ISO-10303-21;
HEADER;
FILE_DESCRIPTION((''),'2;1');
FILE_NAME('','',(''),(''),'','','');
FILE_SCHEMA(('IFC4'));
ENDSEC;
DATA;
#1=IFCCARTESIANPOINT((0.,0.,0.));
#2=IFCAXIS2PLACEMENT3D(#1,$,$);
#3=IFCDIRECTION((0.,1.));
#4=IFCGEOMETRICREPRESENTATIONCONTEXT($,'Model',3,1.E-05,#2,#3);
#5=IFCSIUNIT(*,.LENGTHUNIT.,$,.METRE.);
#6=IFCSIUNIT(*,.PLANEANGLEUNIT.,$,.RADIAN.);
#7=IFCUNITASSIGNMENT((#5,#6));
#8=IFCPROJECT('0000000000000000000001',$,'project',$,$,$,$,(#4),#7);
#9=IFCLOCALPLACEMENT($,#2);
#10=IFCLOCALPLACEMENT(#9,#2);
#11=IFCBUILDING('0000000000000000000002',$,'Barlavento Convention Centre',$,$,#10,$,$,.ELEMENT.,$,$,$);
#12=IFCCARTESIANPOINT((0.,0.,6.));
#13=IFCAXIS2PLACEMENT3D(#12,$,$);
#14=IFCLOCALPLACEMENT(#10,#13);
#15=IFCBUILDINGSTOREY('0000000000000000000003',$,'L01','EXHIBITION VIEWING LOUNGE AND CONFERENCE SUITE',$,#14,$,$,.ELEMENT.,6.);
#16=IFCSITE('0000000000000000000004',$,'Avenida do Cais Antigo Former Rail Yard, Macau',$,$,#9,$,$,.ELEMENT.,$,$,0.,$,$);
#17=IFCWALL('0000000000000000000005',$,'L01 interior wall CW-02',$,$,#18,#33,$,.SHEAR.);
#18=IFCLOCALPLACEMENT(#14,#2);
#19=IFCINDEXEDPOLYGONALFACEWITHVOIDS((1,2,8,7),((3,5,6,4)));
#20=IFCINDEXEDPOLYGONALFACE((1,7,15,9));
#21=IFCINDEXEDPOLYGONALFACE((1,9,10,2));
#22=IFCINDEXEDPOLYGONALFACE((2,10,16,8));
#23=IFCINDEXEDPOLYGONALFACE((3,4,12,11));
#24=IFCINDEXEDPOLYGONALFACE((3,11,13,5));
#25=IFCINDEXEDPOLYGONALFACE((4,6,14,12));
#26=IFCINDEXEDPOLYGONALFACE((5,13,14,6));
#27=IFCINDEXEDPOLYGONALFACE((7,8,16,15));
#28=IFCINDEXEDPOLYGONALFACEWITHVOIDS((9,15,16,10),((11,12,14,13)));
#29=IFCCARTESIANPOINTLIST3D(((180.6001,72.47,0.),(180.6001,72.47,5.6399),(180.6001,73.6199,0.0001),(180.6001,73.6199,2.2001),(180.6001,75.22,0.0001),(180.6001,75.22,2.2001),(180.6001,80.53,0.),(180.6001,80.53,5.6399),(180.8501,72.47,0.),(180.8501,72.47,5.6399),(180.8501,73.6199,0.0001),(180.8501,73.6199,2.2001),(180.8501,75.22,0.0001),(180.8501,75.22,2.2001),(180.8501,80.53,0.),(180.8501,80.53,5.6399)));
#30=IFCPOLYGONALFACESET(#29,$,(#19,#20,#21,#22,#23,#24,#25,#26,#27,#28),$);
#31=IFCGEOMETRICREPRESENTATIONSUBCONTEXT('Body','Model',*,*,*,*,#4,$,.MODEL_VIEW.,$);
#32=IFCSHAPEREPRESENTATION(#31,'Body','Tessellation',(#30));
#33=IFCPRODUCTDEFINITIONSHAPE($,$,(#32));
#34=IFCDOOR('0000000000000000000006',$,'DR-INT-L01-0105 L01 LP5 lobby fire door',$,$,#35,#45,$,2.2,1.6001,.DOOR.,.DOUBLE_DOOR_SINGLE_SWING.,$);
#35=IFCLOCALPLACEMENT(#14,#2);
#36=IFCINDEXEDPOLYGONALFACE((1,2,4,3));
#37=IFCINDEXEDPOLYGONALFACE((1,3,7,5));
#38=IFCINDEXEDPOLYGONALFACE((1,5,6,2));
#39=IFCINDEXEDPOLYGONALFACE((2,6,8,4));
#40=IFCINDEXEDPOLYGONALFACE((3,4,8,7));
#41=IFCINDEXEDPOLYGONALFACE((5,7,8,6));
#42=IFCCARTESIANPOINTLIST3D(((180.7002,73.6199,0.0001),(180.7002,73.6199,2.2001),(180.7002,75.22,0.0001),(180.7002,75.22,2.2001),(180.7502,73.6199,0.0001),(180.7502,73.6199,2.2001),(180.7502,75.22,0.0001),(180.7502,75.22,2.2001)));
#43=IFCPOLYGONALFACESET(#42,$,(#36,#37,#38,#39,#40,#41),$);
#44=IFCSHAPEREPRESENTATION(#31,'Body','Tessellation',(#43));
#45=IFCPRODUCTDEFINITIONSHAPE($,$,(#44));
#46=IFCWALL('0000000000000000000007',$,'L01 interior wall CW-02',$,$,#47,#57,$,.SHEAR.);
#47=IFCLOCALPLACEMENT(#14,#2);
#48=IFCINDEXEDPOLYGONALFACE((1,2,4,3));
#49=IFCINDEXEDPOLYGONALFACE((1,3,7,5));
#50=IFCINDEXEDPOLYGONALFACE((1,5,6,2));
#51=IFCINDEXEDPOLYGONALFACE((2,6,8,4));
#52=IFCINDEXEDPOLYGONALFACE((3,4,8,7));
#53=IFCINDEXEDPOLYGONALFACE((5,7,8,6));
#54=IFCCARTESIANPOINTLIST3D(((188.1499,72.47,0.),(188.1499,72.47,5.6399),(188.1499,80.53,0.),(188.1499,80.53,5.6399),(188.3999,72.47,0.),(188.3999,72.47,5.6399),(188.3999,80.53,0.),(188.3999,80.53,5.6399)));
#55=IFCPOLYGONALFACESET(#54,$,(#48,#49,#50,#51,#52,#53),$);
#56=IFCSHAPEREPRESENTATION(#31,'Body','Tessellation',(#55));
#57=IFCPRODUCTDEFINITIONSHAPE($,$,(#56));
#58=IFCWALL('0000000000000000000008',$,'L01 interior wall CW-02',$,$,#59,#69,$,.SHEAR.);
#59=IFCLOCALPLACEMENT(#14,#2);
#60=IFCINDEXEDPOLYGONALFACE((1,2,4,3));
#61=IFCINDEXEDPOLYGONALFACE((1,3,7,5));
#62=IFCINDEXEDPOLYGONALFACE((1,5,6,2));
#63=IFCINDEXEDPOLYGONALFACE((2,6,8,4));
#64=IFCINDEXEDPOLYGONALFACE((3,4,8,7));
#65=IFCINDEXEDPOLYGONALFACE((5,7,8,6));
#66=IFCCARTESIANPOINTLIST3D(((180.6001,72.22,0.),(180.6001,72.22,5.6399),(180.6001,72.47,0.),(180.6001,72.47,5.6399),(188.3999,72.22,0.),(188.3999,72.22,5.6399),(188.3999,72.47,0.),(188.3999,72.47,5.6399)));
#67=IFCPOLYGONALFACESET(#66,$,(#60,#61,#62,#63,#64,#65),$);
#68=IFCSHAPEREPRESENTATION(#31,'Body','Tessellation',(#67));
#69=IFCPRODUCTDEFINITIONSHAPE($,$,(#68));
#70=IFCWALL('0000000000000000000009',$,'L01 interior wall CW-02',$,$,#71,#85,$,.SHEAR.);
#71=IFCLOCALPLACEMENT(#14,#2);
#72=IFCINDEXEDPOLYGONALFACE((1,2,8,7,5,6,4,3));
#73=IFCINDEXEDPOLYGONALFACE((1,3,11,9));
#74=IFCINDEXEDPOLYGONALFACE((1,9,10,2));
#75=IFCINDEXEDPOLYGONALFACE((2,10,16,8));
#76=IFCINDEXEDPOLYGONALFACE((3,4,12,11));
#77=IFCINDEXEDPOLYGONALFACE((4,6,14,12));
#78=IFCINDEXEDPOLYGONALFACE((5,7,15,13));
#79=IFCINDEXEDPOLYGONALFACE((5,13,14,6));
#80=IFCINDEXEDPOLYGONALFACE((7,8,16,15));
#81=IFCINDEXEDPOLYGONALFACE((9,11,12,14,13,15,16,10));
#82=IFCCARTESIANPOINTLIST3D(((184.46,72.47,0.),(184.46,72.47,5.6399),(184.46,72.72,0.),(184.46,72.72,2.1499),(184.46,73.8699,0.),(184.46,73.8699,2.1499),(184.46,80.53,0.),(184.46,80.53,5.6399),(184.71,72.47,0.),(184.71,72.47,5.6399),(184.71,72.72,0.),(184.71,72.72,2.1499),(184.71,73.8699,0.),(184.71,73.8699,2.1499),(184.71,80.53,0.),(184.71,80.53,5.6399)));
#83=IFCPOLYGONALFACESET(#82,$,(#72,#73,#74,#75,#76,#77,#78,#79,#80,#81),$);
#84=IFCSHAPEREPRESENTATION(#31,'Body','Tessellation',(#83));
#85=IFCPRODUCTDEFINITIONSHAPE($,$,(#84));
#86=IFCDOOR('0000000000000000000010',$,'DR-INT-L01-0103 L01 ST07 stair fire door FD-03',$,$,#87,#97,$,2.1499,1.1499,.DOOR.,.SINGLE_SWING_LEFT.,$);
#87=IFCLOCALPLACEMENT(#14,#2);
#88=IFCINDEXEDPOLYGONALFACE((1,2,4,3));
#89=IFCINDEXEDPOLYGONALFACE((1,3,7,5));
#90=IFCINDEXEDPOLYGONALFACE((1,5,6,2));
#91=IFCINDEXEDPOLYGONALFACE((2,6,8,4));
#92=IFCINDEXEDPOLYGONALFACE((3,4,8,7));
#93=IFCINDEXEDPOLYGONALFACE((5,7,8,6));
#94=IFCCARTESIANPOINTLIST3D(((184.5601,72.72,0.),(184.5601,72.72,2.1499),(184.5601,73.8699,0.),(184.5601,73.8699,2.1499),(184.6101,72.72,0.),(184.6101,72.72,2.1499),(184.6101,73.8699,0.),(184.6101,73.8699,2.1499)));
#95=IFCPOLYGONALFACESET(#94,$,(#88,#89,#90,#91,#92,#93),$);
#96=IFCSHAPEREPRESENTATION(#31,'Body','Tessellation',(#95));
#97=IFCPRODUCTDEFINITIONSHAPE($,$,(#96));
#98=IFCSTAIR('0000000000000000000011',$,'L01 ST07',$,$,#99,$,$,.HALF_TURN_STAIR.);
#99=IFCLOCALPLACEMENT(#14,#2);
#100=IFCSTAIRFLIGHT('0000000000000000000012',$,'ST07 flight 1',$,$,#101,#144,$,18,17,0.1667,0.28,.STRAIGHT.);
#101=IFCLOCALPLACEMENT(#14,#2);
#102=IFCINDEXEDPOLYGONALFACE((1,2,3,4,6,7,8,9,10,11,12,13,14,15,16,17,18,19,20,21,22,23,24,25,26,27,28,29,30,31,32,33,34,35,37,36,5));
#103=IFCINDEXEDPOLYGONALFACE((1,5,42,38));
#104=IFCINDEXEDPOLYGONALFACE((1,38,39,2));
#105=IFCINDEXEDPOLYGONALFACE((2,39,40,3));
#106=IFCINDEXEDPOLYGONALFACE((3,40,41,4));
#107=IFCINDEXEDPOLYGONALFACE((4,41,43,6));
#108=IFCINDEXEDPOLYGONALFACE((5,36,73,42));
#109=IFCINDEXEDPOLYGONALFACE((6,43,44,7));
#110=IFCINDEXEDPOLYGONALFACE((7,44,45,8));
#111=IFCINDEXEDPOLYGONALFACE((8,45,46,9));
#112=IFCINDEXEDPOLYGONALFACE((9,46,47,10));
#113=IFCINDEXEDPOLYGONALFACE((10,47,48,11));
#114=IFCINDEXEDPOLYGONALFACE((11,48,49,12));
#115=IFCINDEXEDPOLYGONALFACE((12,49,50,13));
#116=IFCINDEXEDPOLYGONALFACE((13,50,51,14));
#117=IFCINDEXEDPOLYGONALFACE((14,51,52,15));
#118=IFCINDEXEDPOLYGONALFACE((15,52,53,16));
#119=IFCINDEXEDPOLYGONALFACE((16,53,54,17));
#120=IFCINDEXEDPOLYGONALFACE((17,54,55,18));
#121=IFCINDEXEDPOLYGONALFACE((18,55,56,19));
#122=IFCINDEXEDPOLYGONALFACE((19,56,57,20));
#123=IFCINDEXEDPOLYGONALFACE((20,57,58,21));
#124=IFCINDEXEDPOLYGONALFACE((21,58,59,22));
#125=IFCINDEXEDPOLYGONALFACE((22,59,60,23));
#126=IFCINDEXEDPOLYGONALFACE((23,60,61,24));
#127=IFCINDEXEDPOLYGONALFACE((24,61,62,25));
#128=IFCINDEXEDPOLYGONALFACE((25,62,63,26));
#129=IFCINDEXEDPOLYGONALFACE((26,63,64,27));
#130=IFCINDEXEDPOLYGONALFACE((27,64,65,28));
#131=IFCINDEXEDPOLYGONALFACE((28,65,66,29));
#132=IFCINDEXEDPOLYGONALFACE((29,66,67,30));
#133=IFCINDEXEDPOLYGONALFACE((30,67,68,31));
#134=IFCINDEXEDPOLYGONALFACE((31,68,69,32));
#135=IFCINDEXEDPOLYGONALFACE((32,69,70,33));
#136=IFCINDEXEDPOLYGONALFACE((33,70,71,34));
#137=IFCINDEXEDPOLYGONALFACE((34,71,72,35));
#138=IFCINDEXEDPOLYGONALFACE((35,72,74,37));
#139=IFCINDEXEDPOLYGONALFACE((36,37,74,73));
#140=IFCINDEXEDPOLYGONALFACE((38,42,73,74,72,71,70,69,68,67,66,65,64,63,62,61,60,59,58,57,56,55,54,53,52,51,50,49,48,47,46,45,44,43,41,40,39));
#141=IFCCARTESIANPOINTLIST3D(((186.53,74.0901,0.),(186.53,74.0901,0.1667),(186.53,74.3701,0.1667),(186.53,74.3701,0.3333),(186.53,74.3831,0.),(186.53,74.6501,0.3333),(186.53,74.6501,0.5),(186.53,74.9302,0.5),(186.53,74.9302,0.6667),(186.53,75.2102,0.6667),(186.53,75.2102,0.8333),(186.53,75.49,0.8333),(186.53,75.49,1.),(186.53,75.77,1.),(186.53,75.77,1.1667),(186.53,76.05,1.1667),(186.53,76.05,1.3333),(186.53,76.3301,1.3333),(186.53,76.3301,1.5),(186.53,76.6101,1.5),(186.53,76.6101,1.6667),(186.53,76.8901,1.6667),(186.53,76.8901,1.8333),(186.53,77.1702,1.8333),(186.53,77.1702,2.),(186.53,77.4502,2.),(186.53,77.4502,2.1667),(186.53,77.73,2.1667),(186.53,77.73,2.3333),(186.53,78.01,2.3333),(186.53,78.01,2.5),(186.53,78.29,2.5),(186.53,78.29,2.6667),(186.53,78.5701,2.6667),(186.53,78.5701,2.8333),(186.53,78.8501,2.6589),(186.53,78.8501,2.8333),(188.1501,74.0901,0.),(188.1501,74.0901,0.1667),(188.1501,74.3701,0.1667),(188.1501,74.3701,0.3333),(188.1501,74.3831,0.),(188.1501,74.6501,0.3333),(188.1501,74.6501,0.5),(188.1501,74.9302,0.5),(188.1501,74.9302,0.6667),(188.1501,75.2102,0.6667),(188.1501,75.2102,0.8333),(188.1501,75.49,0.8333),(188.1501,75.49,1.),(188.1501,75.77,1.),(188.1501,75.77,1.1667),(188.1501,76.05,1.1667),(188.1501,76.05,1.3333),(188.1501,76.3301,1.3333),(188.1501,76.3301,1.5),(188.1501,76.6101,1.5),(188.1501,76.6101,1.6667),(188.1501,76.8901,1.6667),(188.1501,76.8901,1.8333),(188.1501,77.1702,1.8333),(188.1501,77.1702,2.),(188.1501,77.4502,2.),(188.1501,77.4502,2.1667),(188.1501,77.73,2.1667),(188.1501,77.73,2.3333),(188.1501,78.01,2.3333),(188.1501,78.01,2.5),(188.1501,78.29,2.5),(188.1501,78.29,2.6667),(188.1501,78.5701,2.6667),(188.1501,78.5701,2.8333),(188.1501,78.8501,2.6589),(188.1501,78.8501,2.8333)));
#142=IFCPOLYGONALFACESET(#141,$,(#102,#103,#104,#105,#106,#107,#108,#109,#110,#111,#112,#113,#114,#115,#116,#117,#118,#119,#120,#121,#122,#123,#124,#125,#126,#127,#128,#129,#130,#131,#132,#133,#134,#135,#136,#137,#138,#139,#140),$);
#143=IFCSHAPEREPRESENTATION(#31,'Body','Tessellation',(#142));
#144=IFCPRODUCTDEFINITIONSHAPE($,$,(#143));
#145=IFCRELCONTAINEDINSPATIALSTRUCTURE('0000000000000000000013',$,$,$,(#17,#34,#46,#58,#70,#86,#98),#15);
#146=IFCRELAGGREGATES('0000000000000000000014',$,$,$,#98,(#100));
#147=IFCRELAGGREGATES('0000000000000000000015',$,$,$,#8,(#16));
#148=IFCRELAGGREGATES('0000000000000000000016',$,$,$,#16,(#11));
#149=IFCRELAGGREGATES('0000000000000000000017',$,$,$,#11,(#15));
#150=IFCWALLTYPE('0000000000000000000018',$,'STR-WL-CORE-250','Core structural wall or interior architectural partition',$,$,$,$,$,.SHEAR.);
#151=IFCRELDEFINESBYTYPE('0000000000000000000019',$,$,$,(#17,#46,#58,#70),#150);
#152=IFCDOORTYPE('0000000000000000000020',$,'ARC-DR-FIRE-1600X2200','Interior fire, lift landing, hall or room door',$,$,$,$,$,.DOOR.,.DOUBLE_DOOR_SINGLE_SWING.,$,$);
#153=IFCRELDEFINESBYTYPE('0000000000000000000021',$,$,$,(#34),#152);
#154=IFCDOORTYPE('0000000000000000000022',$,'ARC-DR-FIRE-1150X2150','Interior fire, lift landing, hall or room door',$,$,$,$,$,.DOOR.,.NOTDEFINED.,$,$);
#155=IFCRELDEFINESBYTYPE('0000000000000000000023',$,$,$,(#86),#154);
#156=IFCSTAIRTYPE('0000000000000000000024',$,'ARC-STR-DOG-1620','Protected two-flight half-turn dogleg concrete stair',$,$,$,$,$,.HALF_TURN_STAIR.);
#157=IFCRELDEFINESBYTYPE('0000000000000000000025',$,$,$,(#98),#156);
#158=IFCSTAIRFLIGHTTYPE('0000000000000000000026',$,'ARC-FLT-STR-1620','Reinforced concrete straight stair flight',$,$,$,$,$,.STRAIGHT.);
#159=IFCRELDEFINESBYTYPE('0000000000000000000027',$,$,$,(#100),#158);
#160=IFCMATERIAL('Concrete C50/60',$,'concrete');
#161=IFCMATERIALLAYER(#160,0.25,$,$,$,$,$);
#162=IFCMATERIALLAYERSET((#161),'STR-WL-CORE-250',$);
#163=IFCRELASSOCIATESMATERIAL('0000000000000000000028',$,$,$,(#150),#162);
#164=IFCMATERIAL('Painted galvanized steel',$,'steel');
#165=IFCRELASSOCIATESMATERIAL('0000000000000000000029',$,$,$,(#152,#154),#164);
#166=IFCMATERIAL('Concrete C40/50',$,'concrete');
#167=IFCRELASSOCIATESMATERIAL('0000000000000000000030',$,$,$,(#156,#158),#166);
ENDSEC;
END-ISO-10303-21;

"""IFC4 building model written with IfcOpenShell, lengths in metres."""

from ifc_helpers import new_model, si_unit, direction, frame, frame_2d, origin, place, context, subcontext, project, spatial, polyline, rectangle, outline, extrude, material, layer, layer_set, type_object, element, fill, aggregate, save


model = new_model("IFC4")

# Units and contexts
model_context = context("Model", 3, precision=1e-05, world=origin(), true_north=direction((0.0, 1.0)))
body_context = subcontext(model_context, "Body", "Model", "MODEL_VIEW")
ifc_project = project(units=[si_unit("LENGTHUNIT", "METRE"), si_unit("PLANEANGLEUNIT", "RADIAN")], contexts=[model_context])

# Site, building, storey
site_placement = place(None, origin())
site = spatial("IfcSite", under=ifc_project, at=site_placement, Name="Avenida do Cais Antigo Former Rail Yard, Macau", CompositionType="ELEMENT", RefElevation=0.0)
building_placement = place(site_placement, origin())
building = spatial("IfcBuilding", under=site, at=building_placement, Name="Barlavento Convention Centre", CompositionType="ELEMENT")
storey_placement = place(building_placement, frame((0.0, 0.0, 6.0)))
storey = spatial("IfcBuildingStorey", under=building, at=storey_placement, Name="L01", Description="EXHIBITION VIEWING LOUNGE AND CONFERENCE SUITE", CompositionType="ELEMENT", Elevation=6.0)

# Shared definitions
ifc_material_1 = material(Name="Concrete C40/50", Category="concrete")

# Wall, opening, door
ifc_material_2 = material(Name="Concrete C50/60", Category="concrete")
ifc_layer = layer(ifc_material_2, 0.25)
ifc_layer_set = layer_set([ifc_layer], Name="STR-WL-CORE-250")
wall_type = type_object("IfcWallType", Name="STR-WL-CORE-250", Description="Core structural wall or interior architectural partition", PredefinedType="SHEAR", material=ifc_layer_set)
wall_1_placement = place(storey_placement, frame((180.7251, 72.47, 0.0), z_axis=(0.0, 0.0, 1.0), x_axis=(0.0, 1.0, 0.0)))
wall_1 = element("IfcWall", 1, at=wall_1_placement, inside=storey, type_object=wall_type, Name="L01 interior wall CW-02", PredefinedType="SHEAR", context=body_context, shape_type="SweptSolid", body=[
    extrude(rectangle(XDim=8.0601, YDim=0.25, at=frame_2d((4.03, 0.0))), origin(), (0.0, 0.0, 1.0), 5.6399),
])
opening_1_placement = place(wall_1_placement, frame((1.1499, 0.0, 0.0)))
opening_1 = element("IfcOpeningElement", 2, at=opening_1_placement, cuts=wall_1, PredefinedType="OPENING", context=body_context, shape_type="SweptSolid", body=[
    extrude(rectangle(XDim=1.6001, YDim=2.2, at=frame_2d((0.8, 1.1001))), frame((0.0, 0.135, 0.0), z_axis=(0.0, -1.0, 0.0), x_axis=(1.0, 0.0, 0.0)), (0.0, 0.0, 1.0), 0.27),
])
ifc_material_3 = material(Name="Painted galvanized steel", Category="steel")
door_type_1 = type_object("IfcDoorType", Name="ARC-DR-FIRE-1600X2200", Description="Interior fire, lift landing, hall or room door", OperationType="DOUBLE_DOOR_SINGLE_SWING", PredefinedType="DOOR", material=ifc_material_3)
door_1_placement = place(opening_1_placement, origin())
door_1 = element("IfcDoor", 3, at=door_1_placement, inside=storey, type_object=door_type_1, Name="DR-INT-L01-0105 L01 LP5 lobby fire door", OperationType="DOUBLE_DOOR_SINGLE_SWING", OverallHeight=2.2, OverallWidth=1.6001, PredefinedType="DOOR", context=body_context, shape_type="SweptSolid", body=[
    extrude(rectangle(XDim=1.6001, YDim=2.2, at=frame_2d((0.8, 1.1001))), frame((0.0, 0.0249, 0.0), z_axis=(0.0, -1.0, 0.0), x_axis=(1.0, 0.0, 0.0)), (0.0, 0.0, 1.0), 0.05),
])
fill(opening_1, door_1)

# Walls
wall_2_placement = place(storey_placement, frame((188.2749, 72.47, 0.0), z_axis=(0.0, 0.0, 1.0), x_axis=(0.0, 1.0, 0.0)))
element("IfcWall", 4, at=wall_2_placement, inside=storey, type_object=wall_type, Name="L01 interior wall CW-02", PredefinedType="SHEAR", context=body_context, shape_type="SweptSolid", body=[
    extrude(rectangle(XDim=8.0601, YDim=0.25, at=frame_2d((4.03, 0.0))), origin(), (0.0, 0.0, 1.0), 5.6399),
])
wall_3_placement = place(storey_placement, frame((180.6001, 72.345, 0.0), z_axis=(0.0, 0.0, 1.0), x_axis=(1.0, 0.0, 0.0)))
element("IfcWall", 5, at=wall_3_placement, inside=storey, type_object=wall_type, Name="L01 interior wall CW-02", PredefinedType="SHEAR", context=body_context, shape_type="SweptSolid", body=[
    extrude(rectangle(XDim=7.7998, YDim=0.25, at=frame_2d((3.8999, 0.0))), origin(), (0.0, 0.0, 1.0), 5.6399),
])

# Wall, opening, door
wall_4_placement = place(storey_placement, frame((184.585, 72.47, 0.0), z_axis=(0.0, 0.0, 1.0), x_axis=(0.0, 1.0, 0.0)))
wall_4 = element("IfcWall", 6, at=wall_4_placement, inside=storey, type_object=wall_type, Name="L01 interior wall CW-02", PredefinedType="SHEAR", context=body_context, shape_type="SweptSolid", body=[
    extrude(rectangle(XDim=8.0601, YDim=0.25, at=frame_2d((4.03, 0.0))), origin(), (0.0, 0.0, 1.0), 5.6399),
])
opening_2_placement = place(wall_4_placement, frame((0.25, 0.0, 0.0)))
opening_2 = element("IfcOpeningElement", 7, at=opening_2_placement, cuts=wall_4, PredefinedType="OPENING", context=body_context, shape_type="SweptSolid", body=[
    extrude(rectangle(XDim=1.1499, YDim=2.1499, at=frame_2d((0.575, 1.075))), frame((0.0, 0.135, 0.0), z_axis=(0.0, -1.0, 0.0), x_axis=(1.0, 0.0, 0.0)), (0.0, 0.0, 1.0), 0.27),
])
door_type_2 = type_object("IfcDoorType", Name="ARC-DR-FIRE-1150X2150", Description="Interior fire, lift landing, hall or room door", OperationType="NOTDEFINED", PredefinedType="DOOR", material=ifc_material_3)
door_2_placement = place(opening_2_placement, origin())
door_2 = element("IfcDoor", 8, at=door_2_placement, inside=storey, type_object=door_type_2, Name="DR-INT-L01-0103 L01 ST07 stair fire door FD-03", OperationType="SINGLE_SWING_LEFT", OverallHeight=2.1499, OverallWidth=1.1499, PredefinedType="DOOR", context=body_context, shape_type="SweptSolid", body=[
    extrude(rectangle(XDim=1.1499, YDim=2.1499, at=frame_2d((0.575, 1.075))), frame((0.0, 0.0249, 0.0), z_axis=(0.0, -1.0, 0.0), x_axis=(1.0, 0.0, 0.0)), (0.0, 0.0, 1.0), 0.05),
])
fill(opening_2, door_2)

# Stair, stair flight
stair_type = type_object("IfcStairType", Name="ARC-STR-DOG-1620", Description="Protected two-flight half-turn dogleg concrete stair", PredefinedType="HALF_TURN_STAIR", material=ifc_material_1)
stair_placement = place(storey_placement, origin())
stair = element("IfcStair", 9, at=stair_placement, inside=storey, type_object=stair_type, Name="L01 ST07", PredefinedType="HALF_TURN_STAIR")
stair_flight_type = type_object("IfcStairFlightType", Name="ARC-FLT-STR-1620", Description="Reinforced concrete straight stair flight", PredefinedType="STRAIGHT", material=ifc_material_1)
stair_flight_placement = place(storey_placement, frame((187.3401, 74.0901, 0.0), z_axis=(0.0, 0.0, 1.0), x_axis=(0.0, 1.0, 0.0)))
stair_flight = element("IfcStairFlight", 10, at=stair_flight_placement, type_object=stair_flight_type, Name="ST07 flight 1", NumberOfRisers=18, NumberOfTreads=17, PredefinedType="STRAIGHT", RiserHeight=0.1667, TreadLength=0.28, context=body_context, shape_type="SweptSolid", body=[
    extrude(outline(polyline([(0.0, 0.0), (0.0, 0.1667), (0.28, 0.1667), (0.28, 0.3333), (0.5601, 0.3333), (0.5601, 0.5), (0.8401, 0.5), (0.8401, 0.6667), (1.1201, 0.6667), (1.1201, 0.8333), (1.3999, 0.8333), (1.3999, 1.0), (1.6799, 1.0), (1.6799, 1.1667), (1.96, 1.1667), (1.96, 1.3333), (2.24, 1.3333), (2.24, 1.5), (2.52, 1.5), (2.52, 1.6667), (2.8, 1.6667), (2.8, 1.8333), (3.0801, 1.8333), (3.0801, 2.0), (3.3601, 2.0), (3.3601, 2.1667), (3.6399, 2.1667), (3.6399, 2.3333), (3.9199, 2.3333), (3.9199, 2.5), (4.2, 2.5), (4.2, 2.6667), (4.48, 2.6667), (4.48, 2.8333), (4.76, 2.8333), (4.76, 3.0), (4.76, 2.6589), (0.293, 0.0), (0.0, 0.0)])), frame((0.0, 0.8101, 0.0), z_axis=(0.0, -1.0, 0.0), x_axis=(1.0, 0.0, 0.0)), (0.0, 0.0, 1.0), 1.6201),
])
aggregate(stair, [stair_flight])

save(model, "model.ifc")
